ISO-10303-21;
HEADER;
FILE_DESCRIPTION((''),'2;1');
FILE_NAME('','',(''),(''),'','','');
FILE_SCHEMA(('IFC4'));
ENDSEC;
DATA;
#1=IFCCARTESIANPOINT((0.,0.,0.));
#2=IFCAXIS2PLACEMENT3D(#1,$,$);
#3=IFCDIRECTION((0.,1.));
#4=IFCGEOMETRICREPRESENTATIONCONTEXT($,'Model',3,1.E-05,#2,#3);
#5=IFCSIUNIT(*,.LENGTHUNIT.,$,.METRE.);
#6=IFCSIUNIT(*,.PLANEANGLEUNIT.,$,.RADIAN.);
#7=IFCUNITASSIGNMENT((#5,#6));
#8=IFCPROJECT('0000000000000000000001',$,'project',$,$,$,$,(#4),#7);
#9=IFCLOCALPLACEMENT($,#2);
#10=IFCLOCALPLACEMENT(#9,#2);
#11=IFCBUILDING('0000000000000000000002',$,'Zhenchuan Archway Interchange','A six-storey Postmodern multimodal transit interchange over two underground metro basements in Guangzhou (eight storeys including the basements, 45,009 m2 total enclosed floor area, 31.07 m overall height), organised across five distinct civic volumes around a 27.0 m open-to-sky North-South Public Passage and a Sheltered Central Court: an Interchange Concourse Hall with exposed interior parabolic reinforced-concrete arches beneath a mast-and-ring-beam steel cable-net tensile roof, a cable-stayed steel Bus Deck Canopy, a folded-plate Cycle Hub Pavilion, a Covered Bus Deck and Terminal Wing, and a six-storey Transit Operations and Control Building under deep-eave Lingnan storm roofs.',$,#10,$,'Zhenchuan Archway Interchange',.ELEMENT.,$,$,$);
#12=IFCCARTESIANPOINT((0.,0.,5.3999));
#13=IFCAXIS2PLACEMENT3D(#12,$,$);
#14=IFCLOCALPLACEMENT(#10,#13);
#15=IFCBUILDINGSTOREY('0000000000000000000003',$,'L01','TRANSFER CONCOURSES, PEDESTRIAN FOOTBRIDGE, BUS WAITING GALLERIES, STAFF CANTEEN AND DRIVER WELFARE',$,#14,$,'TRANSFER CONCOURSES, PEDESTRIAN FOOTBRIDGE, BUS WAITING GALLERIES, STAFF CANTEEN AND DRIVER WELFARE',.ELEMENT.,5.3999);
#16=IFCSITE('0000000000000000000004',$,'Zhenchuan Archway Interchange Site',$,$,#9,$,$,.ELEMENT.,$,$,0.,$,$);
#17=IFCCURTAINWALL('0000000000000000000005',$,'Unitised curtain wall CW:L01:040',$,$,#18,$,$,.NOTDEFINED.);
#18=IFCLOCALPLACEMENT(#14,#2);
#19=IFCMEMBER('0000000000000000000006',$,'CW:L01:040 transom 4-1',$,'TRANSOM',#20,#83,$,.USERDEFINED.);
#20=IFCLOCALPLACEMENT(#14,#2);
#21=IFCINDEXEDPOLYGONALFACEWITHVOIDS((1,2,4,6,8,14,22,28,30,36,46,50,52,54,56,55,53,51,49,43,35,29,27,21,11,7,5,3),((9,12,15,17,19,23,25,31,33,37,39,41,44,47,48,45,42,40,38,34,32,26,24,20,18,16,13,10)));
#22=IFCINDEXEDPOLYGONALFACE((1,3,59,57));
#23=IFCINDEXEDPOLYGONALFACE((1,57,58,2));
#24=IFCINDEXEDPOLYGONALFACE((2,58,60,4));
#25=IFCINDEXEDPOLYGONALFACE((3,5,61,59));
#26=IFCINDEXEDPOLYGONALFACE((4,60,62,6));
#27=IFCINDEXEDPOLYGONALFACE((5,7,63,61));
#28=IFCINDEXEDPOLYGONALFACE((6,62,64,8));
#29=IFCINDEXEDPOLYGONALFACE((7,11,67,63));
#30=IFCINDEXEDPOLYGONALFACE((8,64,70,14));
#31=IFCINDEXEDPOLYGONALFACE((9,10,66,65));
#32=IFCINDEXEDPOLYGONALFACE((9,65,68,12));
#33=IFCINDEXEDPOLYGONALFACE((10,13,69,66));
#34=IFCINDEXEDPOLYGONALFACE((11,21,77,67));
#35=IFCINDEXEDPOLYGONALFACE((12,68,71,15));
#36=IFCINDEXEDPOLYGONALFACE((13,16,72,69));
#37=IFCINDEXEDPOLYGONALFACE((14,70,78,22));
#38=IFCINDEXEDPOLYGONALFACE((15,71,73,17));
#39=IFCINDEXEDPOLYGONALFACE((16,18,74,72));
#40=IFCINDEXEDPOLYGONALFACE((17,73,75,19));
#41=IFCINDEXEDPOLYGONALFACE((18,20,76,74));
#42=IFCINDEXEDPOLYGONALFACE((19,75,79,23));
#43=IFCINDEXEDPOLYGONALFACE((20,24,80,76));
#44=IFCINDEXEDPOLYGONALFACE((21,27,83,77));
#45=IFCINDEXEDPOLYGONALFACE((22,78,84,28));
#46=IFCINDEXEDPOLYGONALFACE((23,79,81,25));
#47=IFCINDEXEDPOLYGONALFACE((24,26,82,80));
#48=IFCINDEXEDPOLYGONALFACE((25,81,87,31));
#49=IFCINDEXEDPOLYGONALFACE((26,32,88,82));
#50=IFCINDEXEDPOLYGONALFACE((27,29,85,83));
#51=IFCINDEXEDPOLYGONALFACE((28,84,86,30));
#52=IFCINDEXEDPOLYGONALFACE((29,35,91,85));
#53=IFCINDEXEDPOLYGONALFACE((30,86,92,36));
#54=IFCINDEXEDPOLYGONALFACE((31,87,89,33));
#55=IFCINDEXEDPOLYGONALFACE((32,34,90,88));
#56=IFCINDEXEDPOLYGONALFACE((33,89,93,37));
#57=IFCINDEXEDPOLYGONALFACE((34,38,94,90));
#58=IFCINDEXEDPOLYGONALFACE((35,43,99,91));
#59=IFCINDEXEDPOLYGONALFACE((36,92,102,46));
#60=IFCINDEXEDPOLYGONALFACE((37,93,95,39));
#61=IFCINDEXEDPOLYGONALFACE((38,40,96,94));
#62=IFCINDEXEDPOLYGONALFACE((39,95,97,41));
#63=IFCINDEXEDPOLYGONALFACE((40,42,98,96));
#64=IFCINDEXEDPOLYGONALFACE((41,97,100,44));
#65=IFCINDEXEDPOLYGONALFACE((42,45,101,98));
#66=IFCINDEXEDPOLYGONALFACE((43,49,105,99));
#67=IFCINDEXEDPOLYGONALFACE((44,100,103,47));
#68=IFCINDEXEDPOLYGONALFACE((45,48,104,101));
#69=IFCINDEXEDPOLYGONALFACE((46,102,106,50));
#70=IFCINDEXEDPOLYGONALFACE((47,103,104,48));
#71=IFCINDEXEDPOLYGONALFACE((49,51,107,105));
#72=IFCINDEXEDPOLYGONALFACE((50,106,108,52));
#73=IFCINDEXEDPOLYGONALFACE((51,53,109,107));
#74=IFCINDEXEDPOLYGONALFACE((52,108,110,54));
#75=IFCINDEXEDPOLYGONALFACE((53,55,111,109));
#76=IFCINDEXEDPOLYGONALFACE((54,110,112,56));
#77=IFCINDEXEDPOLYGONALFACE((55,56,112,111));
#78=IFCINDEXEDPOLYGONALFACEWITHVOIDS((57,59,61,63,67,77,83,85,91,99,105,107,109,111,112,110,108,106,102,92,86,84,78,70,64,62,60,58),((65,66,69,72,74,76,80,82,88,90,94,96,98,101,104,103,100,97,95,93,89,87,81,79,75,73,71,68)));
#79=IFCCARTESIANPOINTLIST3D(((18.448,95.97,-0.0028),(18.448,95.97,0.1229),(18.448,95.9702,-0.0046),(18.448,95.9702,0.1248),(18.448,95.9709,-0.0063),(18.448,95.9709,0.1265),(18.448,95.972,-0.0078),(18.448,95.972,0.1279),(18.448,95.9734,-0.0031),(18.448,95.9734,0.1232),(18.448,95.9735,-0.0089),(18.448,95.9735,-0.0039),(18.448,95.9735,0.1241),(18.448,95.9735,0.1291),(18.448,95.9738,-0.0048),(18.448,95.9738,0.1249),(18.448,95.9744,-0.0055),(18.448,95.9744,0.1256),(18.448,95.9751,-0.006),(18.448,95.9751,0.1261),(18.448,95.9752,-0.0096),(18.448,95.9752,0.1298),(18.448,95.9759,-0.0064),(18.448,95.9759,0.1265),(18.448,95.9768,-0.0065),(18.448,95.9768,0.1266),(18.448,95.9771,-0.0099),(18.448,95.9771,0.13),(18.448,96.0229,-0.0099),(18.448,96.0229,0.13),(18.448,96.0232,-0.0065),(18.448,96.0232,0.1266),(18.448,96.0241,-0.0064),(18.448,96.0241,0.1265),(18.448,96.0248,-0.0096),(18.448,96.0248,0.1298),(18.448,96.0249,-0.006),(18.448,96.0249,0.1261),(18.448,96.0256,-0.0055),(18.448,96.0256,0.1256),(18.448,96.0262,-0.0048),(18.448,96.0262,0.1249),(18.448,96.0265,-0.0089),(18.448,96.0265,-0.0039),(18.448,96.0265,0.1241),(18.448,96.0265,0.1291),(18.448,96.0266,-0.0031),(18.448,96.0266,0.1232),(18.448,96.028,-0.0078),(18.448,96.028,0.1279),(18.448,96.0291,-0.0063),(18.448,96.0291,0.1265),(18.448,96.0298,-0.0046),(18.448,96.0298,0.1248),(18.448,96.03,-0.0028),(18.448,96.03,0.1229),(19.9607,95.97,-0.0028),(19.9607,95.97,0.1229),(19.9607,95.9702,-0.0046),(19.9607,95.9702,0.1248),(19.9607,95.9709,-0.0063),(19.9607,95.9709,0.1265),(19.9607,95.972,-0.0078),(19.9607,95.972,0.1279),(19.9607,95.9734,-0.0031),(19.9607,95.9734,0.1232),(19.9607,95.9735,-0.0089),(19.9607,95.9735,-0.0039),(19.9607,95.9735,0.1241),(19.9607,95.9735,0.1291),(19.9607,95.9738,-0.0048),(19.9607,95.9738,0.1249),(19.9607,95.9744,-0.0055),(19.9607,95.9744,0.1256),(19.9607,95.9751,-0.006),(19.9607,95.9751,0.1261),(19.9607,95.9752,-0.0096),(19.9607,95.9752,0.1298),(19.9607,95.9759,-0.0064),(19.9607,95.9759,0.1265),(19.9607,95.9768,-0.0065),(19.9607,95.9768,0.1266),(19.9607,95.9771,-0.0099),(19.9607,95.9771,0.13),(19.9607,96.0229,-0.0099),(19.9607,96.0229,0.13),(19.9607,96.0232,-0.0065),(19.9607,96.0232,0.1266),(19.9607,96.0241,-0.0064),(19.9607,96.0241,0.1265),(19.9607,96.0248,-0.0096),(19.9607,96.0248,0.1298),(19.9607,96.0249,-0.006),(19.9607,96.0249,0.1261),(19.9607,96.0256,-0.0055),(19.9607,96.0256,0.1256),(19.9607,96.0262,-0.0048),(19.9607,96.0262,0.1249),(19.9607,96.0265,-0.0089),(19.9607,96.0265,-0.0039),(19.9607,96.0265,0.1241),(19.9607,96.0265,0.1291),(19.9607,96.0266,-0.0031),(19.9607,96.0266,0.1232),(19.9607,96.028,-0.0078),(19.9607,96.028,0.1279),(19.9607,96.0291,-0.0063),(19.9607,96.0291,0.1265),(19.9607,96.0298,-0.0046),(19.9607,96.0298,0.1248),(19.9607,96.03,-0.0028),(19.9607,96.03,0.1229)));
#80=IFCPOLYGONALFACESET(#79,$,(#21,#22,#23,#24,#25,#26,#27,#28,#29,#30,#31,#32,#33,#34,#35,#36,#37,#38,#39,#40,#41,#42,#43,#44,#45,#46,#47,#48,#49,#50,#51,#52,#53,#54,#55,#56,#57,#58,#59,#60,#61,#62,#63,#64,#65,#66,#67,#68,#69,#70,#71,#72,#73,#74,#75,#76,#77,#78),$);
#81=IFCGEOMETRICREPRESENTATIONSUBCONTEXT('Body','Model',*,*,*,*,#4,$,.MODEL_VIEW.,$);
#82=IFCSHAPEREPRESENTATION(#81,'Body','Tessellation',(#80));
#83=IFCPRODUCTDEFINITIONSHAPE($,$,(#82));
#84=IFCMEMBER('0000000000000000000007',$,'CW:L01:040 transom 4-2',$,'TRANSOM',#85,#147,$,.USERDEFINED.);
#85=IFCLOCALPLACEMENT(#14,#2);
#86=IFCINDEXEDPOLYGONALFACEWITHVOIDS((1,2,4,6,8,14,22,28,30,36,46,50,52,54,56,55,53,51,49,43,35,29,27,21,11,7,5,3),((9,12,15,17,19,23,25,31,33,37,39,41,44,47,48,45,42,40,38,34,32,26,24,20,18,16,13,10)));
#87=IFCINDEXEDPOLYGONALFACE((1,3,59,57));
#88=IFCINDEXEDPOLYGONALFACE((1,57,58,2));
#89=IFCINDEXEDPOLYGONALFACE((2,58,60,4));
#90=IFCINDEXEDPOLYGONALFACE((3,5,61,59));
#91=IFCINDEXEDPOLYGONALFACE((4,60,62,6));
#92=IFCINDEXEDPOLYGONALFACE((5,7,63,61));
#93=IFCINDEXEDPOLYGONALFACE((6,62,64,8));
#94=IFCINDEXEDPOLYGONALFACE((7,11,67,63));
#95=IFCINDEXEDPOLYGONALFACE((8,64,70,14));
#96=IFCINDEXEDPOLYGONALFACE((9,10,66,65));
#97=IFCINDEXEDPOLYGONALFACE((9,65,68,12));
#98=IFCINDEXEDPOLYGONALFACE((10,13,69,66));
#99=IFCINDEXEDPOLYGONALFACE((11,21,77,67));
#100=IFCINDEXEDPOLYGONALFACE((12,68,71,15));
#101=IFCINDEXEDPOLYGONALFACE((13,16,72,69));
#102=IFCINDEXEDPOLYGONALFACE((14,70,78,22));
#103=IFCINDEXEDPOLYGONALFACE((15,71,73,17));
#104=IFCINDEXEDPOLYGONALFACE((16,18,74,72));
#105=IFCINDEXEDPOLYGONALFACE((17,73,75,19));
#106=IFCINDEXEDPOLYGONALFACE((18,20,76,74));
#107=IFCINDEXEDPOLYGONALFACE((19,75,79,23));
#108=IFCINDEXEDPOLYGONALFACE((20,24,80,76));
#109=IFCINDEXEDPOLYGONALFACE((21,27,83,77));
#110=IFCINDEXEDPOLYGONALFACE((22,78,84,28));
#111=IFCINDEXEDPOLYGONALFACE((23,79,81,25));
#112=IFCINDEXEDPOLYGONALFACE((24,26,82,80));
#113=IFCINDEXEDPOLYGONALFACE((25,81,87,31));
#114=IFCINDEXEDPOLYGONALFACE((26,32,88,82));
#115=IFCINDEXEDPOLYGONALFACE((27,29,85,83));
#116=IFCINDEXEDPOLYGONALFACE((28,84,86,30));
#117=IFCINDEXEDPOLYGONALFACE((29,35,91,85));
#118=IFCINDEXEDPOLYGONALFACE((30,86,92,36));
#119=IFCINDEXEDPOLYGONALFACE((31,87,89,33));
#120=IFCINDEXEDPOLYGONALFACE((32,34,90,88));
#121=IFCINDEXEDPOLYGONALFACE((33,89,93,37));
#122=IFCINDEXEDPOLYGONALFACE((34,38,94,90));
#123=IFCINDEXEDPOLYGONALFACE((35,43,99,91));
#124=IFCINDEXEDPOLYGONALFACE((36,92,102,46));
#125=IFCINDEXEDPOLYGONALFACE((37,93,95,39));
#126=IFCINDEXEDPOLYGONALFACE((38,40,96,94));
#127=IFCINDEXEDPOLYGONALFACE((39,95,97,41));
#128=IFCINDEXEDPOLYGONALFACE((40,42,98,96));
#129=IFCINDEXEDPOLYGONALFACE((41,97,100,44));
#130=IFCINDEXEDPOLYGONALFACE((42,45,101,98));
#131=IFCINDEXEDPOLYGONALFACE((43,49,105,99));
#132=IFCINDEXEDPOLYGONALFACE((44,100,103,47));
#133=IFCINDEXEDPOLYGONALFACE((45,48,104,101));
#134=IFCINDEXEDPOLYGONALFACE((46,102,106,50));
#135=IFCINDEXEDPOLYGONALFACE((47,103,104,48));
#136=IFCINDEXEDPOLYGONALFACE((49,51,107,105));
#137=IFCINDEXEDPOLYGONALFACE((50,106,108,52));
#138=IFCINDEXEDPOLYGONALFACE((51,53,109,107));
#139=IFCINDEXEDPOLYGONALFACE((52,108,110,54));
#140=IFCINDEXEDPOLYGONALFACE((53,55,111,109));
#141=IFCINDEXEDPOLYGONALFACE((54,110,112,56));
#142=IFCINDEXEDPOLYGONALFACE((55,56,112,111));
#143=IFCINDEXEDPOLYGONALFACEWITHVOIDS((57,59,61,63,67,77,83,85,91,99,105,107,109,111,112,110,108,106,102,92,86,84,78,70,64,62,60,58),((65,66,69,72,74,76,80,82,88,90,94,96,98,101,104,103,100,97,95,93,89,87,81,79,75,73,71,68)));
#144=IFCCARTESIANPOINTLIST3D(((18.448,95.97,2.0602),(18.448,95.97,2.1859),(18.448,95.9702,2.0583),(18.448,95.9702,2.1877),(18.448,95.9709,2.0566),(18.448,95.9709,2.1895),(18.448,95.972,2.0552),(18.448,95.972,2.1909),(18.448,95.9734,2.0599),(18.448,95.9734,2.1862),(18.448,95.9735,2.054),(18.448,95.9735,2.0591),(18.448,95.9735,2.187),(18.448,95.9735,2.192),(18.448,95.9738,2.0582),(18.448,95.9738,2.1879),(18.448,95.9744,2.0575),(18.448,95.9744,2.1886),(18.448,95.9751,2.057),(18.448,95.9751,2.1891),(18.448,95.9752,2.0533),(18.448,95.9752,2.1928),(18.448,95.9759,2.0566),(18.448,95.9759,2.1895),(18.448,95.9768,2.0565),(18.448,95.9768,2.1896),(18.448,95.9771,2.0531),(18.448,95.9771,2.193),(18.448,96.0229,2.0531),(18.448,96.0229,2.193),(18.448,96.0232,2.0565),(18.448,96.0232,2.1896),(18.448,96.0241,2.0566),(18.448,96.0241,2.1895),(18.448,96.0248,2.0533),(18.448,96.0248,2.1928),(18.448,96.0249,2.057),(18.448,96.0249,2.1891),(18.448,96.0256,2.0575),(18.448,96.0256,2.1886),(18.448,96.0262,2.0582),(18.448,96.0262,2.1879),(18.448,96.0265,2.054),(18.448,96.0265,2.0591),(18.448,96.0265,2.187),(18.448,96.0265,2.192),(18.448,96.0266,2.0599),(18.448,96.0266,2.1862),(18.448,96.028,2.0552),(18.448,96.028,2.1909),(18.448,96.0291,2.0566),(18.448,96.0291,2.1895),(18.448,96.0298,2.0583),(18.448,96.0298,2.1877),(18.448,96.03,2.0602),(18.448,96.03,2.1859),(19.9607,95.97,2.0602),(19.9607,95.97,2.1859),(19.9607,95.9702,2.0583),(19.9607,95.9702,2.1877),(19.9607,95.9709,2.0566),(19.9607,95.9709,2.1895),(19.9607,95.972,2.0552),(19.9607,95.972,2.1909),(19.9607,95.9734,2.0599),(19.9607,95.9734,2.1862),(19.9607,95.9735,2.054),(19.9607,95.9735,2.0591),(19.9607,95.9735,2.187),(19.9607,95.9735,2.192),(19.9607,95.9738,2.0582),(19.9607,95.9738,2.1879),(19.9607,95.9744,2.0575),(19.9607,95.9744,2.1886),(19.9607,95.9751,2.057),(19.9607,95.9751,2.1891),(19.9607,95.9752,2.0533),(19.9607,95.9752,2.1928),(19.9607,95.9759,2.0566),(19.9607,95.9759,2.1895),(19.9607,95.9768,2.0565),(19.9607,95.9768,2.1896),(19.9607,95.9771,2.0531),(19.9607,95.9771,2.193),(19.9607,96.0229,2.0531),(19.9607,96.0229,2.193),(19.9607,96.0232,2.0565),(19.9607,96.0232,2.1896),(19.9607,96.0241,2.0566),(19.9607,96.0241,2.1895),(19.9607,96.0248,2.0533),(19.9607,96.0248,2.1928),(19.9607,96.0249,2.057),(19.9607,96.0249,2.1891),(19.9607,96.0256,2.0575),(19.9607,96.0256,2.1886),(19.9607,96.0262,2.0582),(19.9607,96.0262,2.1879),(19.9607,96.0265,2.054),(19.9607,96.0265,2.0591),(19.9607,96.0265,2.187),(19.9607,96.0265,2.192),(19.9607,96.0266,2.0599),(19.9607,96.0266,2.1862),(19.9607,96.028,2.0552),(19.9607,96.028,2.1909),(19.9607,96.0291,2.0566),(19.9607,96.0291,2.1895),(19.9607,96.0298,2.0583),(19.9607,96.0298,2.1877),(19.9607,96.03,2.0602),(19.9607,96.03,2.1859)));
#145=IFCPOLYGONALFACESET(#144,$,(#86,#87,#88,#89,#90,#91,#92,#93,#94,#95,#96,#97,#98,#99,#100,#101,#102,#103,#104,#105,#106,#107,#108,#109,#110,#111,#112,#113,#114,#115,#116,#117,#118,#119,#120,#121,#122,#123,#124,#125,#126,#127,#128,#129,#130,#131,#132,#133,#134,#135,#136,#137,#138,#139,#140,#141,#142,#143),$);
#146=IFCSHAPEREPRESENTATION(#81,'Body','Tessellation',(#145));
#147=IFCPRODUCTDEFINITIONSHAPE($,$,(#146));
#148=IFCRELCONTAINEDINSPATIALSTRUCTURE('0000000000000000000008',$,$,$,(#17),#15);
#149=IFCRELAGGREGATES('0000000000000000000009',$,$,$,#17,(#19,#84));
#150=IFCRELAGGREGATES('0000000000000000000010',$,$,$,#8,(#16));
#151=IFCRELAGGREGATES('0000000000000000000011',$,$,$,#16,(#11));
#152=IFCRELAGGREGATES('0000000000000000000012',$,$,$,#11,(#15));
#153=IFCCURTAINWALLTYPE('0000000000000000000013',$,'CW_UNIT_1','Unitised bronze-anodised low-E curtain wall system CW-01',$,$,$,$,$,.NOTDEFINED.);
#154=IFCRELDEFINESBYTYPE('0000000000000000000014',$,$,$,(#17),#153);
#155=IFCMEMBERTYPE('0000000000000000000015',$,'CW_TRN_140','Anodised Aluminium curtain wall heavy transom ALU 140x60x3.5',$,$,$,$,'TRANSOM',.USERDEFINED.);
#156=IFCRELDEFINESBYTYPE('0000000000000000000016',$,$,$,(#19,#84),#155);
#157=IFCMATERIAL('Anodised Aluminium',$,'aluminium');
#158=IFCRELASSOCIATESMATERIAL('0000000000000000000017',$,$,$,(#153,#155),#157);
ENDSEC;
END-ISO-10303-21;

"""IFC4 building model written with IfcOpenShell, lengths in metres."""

from ifc_helpers import new_model, si_unit, direction, frame, origin, origin_2d, place, context, subcontext, project, spatial, hollow_rectangle, extrude, material, material_profile, profile_set, type_object, element, aggregate, save


model = new_model("IFC4")

# Units and contexts
model_context = context("Model", 3, precision=1e-05, world=origin(), true_north=direction((0.0, 1.0)))
body_context = subcontext(model_context, "Body", "Model", "MODEL_VIEW")
ifc_project = project(units=[si_unit("LENGTHUNIT", "METRE"), si_unit("PLANEANGLEUNIT", "RADIAN")], contexts=[model_context])

# Site, building, storey
site_placement = place(None, origin())
site = spatial("IfcSite", under=ifc_project, at=site_placement, Name="Zhenchuan Archway Interchange Site", CompositionType="ELEMENT", RefElevation=0.0)
building_placement = place(site_placement, origin())
building = spatial("IfcBuilding", under=site, at=building_placement, Name="Zhenchuan Archway Interchange", Description="A six-storey Postmodern multimodal transit interchange over two underground metro basements in Guangzhou (eight storeys including the basements, 45,009 m2 total enclosed floor area, 31.07 m overall height), organised across five distinct civic volumes around a 27.0 m open-to-sky North-South Public Passage and a Sheltered Central Court: an Interchange Concourse Hall with exposed interior parabolic reinforced-concrete arches beneath a mast-and-ring-beam steel cable-net tensile roof, a cable-stayed steel Bus Deck Canopy, a folded-plate Cycle Hub Pavilion, a Covered Bus Deck and Terminal Wing, and a six-storey Transit Operations and Control Building under deep-eave Lingnan storm roofs.", LongName="Zhenchuan Archway Interchange", CompositionType="ELEMENT")
storey_placement = place(building_placement, frame((0.0, 0.0, 5.3999)))
storey = spatial("IfcBuildingStorey", under=building, at=storey_placement, Name="L01", Description="TRANSFER CONCOURSES, PEDESTRIAN FOOTBRIDGE, BUS WAITING GALLERIES, STAFF CANTEEN AND DRIVER WELFARE", LongName="TRANSFER CONCOURSES, PEDESTRIAN FOOTBRIDGE, BUS WAITING GALLERIES, STAFF CANTEEN AND DRIVER WELFARE", CompositionType="ELEMENT", Elevation=5.3999)

# Curtain wall, members
ifc_material_1 = material(Name="Anodised Aluminium", Category="aluminium")
curtain_wall_type = type_object("IfcCurtainWallType", Name="CW_UNIT_1", Description="Unitised bronze-anodised low-E curtain wall system CW-01", PredefinedType="NOTDEFINED", material=ifc_material_1)
curtain_wall_placement = place(storey_placement, origin())
curtain_wall = element("IfcCurtainWall", 1, at=curtain_wall_placement, inside=storey, type_object=curtain_wall_type, Name="Unitised curtain wall CW:L01:040", PredefinedType="NOTDEFINED")
ifc_material_profile_1 = material_profile(ifc_material_1, hollow_rectangle(XDim=0.0601, YDim=0.1399, WallThickness=0.0034, InnerFilletRadius=0.0034, OuterFilletRadius=0.0071, at=origin_2d()), Name="ALU 140x60x3.5")
ifc_profile_set_1 = profile_set([ifc_material_profile_1], Name="Anodised Aluminium")
member_type_1 = type_object("IfcMemberType", Name="CW_TRN_140", Description="Anodised Aluminium curtain wall heavy transom ALU 140x60x3.5", ElementType="TRANSOM", PredefinedType="USERDEFINED", material=ifc_profile_set_1)
member_1_placement = place(storey_placement, frame((19.9607, 96.0, 0.0601), z_axis=(-1.0, 0.0, 0.0), x_axis=(0.0, -1.0, 0.0)))
member_1 = element("IfcMember", 2, at=member_1_placement, type_object=member_type_1, Name="CW:L01:040 transom 4-1", ObjectType="TRANSOM", PredefinedType="USERDEFINED", context=body_context, shape_type="SweptSolid", body=[
    extrude(hollow_rectangle(XDim=0.0601, YDim=0.1399, WallThickness=0.0034, InnerFilletRadius=0.0034, OuterFilletRadius=0.0071, at=origin_2d()), origin(), (0.0, 0.0, 1.0), 1.5127),
])
member_2_placement = place(storey_placement, frame((19.9607, 96.0, 2.123), z_axis=(-1.0, 0.0, 0.0), x_axis=(0.0, -1.0, 0.0)))
member_2 = element("IfcMember", 3, at=member_2_placement, type_object=member_type_1, Name="CW:L01:040 transom 4-2", ObjectType="TRANSOM", PredefinedType="USERDEFINED", context=body_context, shape_type="SweptSolid", body=[
    extrude(hollow_rectangle(XDim=0.0601, YDim=0.1399, WallThickness=0.0034, InnerFilletRadius=0.0034, OuterFilletRadius=0.0071, at=origin_2d()), origin(), (0.0, 0.0, 1.0), 1.5127),
])

aggregate(curtain_wall, [member_1, member_2])

save(model, "model.ifc")
